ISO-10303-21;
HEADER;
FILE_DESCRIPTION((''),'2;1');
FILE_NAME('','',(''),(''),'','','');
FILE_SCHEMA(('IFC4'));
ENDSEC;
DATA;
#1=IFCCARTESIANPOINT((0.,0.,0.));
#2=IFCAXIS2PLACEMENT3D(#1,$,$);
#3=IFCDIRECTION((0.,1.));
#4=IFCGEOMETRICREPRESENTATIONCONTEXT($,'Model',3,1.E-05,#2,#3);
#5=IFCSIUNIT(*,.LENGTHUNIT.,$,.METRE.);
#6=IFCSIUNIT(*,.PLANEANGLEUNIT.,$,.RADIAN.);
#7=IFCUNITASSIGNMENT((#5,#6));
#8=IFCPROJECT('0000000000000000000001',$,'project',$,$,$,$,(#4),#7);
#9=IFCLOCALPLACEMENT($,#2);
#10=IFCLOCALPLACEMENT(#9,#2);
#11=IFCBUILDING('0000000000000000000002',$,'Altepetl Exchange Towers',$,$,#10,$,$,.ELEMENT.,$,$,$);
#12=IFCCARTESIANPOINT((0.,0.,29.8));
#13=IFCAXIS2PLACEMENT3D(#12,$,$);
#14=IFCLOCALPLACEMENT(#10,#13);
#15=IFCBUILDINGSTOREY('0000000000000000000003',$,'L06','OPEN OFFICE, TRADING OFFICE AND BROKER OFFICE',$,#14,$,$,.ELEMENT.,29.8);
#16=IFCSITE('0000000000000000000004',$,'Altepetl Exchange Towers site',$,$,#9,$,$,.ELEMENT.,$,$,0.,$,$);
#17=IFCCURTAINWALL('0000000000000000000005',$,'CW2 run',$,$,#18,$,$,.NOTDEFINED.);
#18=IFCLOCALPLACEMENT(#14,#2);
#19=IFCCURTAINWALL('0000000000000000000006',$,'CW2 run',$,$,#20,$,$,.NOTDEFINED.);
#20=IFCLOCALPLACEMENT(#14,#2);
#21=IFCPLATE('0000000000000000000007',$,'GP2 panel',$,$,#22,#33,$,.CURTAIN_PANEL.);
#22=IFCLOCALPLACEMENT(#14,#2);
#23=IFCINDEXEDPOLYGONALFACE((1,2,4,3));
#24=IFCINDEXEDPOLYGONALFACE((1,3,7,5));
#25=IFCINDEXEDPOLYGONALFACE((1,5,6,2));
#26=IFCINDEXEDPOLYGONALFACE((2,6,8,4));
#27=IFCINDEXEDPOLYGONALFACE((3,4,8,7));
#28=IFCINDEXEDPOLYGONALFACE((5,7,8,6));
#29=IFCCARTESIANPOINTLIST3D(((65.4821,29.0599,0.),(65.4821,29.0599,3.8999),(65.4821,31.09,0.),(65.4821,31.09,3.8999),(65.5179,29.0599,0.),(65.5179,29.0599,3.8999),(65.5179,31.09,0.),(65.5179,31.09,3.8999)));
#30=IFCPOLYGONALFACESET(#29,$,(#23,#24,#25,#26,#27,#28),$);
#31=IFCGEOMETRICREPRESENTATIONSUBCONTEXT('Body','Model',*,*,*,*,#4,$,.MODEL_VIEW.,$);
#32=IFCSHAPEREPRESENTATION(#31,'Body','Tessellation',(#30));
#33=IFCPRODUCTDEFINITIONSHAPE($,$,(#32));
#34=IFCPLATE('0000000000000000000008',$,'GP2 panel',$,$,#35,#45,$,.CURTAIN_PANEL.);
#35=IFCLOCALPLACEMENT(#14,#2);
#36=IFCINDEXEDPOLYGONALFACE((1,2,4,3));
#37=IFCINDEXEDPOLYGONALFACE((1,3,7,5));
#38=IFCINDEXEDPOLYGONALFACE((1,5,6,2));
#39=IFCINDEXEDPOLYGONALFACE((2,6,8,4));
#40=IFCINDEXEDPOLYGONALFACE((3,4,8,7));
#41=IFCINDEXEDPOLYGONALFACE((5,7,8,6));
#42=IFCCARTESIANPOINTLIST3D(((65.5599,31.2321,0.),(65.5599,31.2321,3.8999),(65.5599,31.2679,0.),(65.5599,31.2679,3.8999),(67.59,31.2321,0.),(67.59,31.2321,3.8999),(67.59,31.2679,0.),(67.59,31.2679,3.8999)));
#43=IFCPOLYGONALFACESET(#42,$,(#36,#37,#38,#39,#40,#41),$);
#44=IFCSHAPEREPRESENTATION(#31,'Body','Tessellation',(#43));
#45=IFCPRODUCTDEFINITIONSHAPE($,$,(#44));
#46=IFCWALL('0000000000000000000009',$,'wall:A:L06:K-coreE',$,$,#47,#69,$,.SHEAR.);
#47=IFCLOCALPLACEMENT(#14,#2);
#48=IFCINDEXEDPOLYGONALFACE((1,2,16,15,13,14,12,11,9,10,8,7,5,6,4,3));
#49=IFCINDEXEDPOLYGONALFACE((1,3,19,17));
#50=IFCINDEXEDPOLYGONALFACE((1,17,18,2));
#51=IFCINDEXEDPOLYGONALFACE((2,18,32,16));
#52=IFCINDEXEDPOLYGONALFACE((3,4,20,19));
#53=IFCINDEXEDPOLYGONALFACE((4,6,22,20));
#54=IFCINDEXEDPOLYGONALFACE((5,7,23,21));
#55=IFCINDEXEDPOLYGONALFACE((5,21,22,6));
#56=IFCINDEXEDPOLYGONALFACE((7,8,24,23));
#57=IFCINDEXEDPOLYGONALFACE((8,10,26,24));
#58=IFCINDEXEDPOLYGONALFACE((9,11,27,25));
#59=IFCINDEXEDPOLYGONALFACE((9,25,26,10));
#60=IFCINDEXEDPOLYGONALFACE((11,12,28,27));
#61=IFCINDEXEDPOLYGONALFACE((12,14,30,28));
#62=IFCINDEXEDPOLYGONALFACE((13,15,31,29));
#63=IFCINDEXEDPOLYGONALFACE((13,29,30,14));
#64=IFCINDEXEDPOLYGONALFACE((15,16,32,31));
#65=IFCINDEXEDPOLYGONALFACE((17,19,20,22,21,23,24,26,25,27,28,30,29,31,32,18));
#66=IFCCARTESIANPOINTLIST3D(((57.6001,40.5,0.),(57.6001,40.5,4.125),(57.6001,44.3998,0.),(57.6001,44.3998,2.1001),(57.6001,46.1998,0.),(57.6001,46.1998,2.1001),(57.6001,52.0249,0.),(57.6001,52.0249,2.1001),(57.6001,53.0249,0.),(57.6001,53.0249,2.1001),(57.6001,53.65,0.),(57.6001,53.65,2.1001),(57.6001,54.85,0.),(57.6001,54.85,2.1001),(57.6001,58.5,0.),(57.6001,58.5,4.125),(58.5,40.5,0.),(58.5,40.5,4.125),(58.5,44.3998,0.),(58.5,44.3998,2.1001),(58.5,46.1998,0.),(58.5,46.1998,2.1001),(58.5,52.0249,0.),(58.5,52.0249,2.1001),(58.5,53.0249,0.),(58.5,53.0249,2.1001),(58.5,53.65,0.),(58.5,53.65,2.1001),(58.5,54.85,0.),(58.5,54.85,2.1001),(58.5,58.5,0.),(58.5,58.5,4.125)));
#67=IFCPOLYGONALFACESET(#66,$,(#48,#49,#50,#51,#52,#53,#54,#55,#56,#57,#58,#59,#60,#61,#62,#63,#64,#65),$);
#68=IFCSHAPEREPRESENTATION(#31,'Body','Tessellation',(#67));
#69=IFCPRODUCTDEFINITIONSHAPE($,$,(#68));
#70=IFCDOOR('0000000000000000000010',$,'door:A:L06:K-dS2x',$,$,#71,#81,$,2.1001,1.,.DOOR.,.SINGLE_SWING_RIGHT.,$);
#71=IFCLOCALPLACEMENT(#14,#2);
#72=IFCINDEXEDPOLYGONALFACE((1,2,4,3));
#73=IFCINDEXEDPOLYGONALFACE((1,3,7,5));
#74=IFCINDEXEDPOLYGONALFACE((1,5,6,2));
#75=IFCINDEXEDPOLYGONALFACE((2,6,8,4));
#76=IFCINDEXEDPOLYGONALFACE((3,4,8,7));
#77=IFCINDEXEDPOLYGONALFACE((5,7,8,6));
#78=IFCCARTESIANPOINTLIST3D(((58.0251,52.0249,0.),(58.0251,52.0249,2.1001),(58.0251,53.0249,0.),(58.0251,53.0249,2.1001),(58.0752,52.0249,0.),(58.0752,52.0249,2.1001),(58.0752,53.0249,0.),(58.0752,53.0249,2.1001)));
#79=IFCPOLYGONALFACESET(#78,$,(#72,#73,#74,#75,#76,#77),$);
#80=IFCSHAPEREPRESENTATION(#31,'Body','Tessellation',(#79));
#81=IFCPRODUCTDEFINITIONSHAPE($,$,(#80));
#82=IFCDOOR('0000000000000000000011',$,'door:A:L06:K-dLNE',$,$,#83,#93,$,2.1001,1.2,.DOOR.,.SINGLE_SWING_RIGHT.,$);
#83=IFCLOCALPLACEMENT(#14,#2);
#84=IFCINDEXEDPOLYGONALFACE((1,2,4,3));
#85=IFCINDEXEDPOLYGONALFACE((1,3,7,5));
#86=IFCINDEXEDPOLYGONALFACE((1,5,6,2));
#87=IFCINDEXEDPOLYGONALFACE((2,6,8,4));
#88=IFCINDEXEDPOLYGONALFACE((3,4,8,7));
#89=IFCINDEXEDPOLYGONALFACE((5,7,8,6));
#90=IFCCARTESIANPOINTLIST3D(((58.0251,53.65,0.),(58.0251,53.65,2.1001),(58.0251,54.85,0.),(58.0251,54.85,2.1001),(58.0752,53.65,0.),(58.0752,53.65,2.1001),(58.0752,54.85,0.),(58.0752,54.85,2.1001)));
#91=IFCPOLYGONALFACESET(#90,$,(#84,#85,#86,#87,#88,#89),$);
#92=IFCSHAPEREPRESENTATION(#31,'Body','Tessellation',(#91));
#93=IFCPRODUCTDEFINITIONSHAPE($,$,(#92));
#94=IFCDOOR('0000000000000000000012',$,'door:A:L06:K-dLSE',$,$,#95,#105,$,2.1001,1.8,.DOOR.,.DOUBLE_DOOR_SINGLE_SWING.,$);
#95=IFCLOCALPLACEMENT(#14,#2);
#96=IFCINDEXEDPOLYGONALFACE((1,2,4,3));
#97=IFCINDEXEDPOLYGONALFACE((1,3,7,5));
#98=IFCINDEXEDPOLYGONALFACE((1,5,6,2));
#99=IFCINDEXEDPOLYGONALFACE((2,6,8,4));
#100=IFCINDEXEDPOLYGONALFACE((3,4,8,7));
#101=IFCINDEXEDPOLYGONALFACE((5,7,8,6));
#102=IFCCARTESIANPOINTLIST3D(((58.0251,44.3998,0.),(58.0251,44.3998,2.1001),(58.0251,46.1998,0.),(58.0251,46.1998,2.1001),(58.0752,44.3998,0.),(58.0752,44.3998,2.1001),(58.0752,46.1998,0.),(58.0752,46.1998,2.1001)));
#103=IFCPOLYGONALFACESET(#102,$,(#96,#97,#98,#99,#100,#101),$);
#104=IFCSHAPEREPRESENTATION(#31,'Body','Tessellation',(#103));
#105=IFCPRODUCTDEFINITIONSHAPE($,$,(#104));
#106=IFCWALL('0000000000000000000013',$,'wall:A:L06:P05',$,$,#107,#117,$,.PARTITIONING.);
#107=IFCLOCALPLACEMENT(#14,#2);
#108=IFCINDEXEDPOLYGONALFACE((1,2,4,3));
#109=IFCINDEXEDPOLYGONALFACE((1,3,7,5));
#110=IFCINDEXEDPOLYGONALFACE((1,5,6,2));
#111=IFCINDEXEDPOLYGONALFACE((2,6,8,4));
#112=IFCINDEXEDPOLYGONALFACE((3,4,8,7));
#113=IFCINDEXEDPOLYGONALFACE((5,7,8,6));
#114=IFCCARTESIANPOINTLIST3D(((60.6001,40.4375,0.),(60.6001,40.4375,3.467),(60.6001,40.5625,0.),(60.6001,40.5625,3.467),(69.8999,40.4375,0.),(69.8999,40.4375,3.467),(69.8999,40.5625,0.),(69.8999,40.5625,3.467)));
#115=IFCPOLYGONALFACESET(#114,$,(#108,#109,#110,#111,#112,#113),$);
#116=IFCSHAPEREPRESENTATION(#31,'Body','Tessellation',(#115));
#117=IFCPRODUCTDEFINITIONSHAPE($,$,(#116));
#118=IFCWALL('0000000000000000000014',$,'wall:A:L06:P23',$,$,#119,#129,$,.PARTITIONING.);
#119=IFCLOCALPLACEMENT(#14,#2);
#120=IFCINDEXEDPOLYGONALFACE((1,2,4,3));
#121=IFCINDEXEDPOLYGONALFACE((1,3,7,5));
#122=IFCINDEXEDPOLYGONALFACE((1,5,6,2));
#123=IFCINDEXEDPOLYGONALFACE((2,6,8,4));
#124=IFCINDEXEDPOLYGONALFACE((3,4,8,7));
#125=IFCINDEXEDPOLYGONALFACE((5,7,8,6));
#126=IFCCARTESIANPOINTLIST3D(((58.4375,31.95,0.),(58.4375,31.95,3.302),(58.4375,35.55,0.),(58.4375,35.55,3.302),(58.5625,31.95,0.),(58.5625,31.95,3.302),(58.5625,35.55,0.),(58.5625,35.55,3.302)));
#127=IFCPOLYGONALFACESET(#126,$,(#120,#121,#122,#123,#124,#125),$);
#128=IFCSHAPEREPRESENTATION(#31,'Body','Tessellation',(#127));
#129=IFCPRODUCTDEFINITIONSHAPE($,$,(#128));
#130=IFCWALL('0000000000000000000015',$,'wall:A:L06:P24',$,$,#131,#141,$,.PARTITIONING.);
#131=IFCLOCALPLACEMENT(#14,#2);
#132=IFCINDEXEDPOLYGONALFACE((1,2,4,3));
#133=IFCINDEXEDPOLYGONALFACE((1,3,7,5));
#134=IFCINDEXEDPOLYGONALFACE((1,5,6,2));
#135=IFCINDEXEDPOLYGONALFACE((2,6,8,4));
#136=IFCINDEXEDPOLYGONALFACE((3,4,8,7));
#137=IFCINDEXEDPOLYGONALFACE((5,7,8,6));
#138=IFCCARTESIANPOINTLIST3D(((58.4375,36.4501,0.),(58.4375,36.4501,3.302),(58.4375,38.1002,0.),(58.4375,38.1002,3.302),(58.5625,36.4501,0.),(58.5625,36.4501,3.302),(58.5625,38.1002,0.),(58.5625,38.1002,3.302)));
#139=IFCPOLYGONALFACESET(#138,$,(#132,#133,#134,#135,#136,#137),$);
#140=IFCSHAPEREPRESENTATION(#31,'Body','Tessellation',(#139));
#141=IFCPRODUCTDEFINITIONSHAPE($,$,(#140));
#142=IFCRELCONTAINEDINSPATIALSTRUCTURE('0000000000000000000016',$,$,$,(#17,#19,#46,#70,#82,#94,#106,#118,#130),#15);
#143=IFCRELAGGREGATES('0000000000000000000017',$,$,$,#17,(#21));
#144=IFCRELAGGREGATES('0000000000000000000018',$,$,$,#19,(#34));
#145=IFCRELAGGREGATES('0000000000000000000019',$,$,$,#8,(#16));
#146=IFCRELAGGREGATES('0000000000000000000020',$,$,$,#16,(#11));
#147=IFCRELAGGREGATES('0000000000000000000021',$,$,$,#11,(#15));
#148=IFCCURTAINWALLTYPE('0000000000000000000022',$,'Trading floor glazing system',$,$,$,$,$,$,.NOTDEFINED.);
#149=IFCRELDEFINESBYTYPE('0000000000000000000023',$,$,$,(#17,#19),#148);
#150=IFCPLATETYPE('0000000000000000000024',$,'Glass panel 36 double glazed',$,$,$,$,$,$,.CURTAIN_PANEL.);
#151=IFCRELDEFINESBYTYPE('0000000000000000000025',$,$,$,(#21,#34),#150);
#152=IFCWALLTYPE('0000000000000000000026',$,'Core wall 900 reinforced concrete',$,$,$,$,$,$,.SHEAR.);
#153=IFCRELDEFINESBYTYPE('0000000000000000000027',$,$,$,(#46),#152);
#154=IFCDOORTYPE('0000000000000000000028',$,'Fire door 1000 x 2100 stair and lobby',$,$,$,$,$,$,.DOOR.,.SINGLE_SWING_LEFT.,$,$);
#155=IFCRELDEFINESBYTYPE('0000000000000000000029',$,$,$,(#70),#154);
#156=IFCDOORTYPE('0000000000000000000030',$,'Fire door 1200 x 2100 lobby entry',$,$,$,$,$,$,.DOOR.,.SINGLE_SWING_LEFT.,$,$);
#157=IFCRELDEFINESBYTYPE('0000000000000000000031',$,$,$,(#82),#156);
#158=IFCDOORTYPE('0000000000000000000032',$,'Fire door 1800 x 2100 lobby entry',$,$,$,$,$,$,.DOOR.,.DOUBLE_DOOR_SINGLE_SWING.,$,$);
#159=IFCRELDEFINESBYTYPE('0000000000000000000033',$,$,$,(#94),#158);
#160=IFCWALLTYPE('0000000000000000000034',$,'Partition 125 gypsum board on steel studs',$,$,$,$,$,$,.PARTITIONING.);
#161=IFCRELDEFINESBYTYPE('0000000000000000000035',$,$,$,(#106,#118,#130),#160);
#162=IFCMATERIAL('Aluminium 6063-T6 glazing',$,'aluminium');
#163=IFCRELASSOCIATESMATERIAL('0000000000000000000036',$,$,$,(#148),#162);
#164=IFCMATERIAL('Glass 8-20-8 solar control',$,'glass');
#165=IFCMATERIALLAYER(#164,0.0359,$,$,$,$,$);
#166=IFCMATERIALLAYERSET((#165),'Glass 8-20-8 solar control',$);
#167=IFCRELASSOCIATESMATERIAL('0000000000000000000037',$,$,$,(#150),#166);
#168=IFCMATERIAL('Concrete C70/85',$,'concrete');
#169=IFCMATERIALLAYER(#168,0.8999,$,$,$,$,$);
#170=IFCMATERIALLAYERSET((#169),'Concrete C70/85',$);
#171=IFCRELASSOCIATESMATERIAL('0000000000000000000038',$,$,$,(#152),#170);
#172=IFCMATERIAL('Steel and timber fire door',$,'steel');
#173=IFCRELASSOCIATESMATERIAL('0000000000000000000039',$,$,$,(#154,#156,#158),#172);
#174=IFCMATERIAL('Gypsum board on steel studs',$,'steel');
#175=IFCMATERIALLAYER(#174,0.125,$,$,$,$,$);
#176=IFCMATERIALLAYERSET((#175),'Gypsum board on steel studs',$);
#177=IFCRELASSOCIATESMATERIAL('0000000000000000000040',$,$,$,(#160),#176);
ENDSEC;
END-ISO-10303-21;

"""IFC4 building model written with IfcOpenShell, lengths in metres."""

from ifc_helpers import new_model, si_unit, direction, frame, frame_2d, origin, origin_2d, place, context, subcontext, project, spatial, rectangle, extrude, material, layer, layer_set, type_object, element, fill, aggregate, save


model = new_model("IFC4")

# Units and contexts
model_context = context("Model", 3, precision=1e-05, world=origin(), true_north=direction((0.0, 1.0)))
body_context = subcontext(model_context, "Body", "Model", "MODEL_VIEW")
ifc_project = project(units=[si_unit("LENGTHUNIT", "METRE"), si_unit("PLANEANGLEUNIT", "RADIAN")], contexts=[model_context])

# Site, building, storey
site_placement = place(None, origin())
site = spatial("IfcSite", under=ifc_project, at=site_placement, Name="Altepetl Exchange Towers site", CompositionType="ELEMENT", RefElevation=0.0)
building_placement = place(site_placement, origin())
building = spatial("IfcBuilding", under=site, at=building_placement, Name="Altepetl Exchange Towers", CompositionType="ELEMENT")
storey_placement = place(building_placement, frame((0.0, 0.0, 29.8)))
storey = spatial("IfcBuildingStorey", under=building, at=storey_placement, Name="L06", Description="OPEN OFFICE, TRADING OFFICE AND BROKER OFFICE", CompositionType="ELEMENT", Elevation=29.8)

# Shared definitions
ifc_material_1 = material(Name="Concrete C70/85", Category="concrete")

# Curtain walls
ifc_material_2 = material(Name="Aluminium 6063-T6 glazing", Category="aluminium")
curtain_wall_type = type_object("IfcCurtainWallType", Name="Trading floor glazing system", PredefinedType="NOTDEFINED", material=ifc_material_2)
curtain_wall_1_placement = place(storey_placement, origin())
curtain_wall_1 = element("IfcCurtainWall", 1, at=curtain_wall_1_placement, inside=storey, type_object=curtain_wall_type, Name="CW2 run", PredefinedType="NOTDEFINED")
curtain_wall_2_placement = place(storey_placement, origin())
curtain_wall_2 = element("IfcCurtainWall", 2, at=curtain_wall_2_placement, inside=storey, type_object=curtain_wall_type, Name="CW2 run", PredefinedType="NOTDEFINED")

# Plates
ifc_material_3 = material(Name="Glass 8-20-8 solar control", Category="glass")
ifc_layer_1 = layer(ifc_material_3, 0.0359)
ifc_layer_set_1 = layer_set([ifc_layer_1], Name="Glass 8-20-8 solar control")
plate_type = type_object("IfcPlateType", Name="Glass panel 36 double glazed", PredefinedType="CURTAIN_PANEL", material=ifc_layer_set_1)
plate_1_placement = place(storey_placement, frame((65.5, 30.075, 0.0), z_axis=(0.0, 0.0, 1.0), x_axis=(0.0, 1.0, 0.0)))
plate_1 = element("IfcPlate", 3, at=plate_1_placement, type_object=plate_type, Name="GP2 panel", PredefinedType="CURTAIN_PANEL", context=body_context, shape_type="SweptSolid", body=[
    extrude(rectangle(XDim=2.03, YDim=0.0359, at=origin_2d()), origin(), (0.0, 0.0, 1.0), 3.8999),
])
aggregate(curtain_wall_1, [plate_1])
plate_2_placement = place(storey_placement, frame((66.575, 31.25, 0.0)))
plate_2 = element("IfcPlate", 4, at=plate_2_placement, type_object=plate_type, Name="GP2 panel", PredefinedType="CURTAIN_PANEL", context=body_context, shape_type="SweptSolid", body=[
    extrude(rectangle(XDim=2.03, YDim=0.0359, at=origin_2d()), origin(), (0.0, 0.0, 1.0), 3.8999),
])
aggregate(curtain_wall_2, [plate_2])

# Wall, openings, doors
ifc_layer_2 = layer(ifc_material_1, 0.8999)
ifc_layer_set_2 = layer_set([ifc_layer_2], Name="Concrete C70/85")
wall_type_1 = type_object("IfcWallType", Name="Core wall 900 reinforced concrete", PredefinedType="SHEAR", material=ifc_layer_set_2)
wall_1_placement = place(storey_placement, frame((58.05, 40.5, 0.0), z_axis=(0.0, 0.0, 1.0), x_axis=(0.0, 1.0, 0.0)))
wall_1 = element("IfcWall", 5, at=wall_1_placement, inside=storey, type_object=wall_type_1, Name="wall:A:L06:K-coreE", PredefinedType="SHEAR", context=body_context, shape_type="SweptSolid", body=[
    extrude(rectangle(XDim=18.0, YDim=0.8999, at=frame_2d((9.0, 0.0))), origin(), (0.0, 0.0, 1.0), 4.125),
])
opening_1_placement = place(wall_1_placement, frame((13.1499, 0.0, 0.0)))
opening_1 = element("IfcOpeningElement", 6, at=opening_1_placement, cuts=wall_1, PredefinedType="OPENING", context=body_context, shape_type="SweptSolid", body=[
    extrude(rectangle(XDim=1.2, YDim=2.1001, at=frame_2d((0.6001, 1.05))), frame((0.0, 0.46, 0.0), z_axis=(0.0, -1.0, 0.0), x_axis=(1.0, 0.0, 0.0)), (0.0, 0.0, 1.0), 0.9199),
])
opening_2_placement = place(wall_1_placement, frame((3.8999, 0.0, 0.0)))
opening_2 = element("IfcOpeningElement", 7, at=opening_2_placement, cuts=wall_1, PredefinedType="OPENING", context=body_context, shape_type="SweptSolid", body=[
    extrude(rectangle(XDim=1.8, YDim=2.1001, at=frame_2d((0.8999, 1.05))), frame((0.0, 0.46, 0.0), z_axis=(0.0, -1.0, 0.0), x_axis=(1.0, 0.0, 0.0)), (0.0, 0.0, 1.0), 0.9199),
])
opening_3_placement = place(wall_1_placement, frame((11.5249, 0.0, 0.0)))
opening_3 = element("IfcOpeningElement", 8, at=opening_3_placement, cuts=wall_1, PredefinedType="OPENING", context=body_context, shape_type="SweptSolid", body=[
    extrude(rectangle(XDim=1.0, YDim=2.1001, at=frame_2d((0.5, 1.05))), frame((0.0, 0.46, 0.0), z_axis=(0.0, -1.0, 0.0), x_axis=(1.0, 0.0, 0.0)), (0.0, 0.0, 1.0), 0.9199),
])
ifc_material_4 = material(Name="Steel and timber fire door", Category="steel")
door_type_1 = type_object("IfcDoorType", Name="Fire door 1000 x 2100 stair and lobby", OperationType="SINGLE_SWING_LEFT", PredefinedType="DOOR", material=ifc_material_4)
door_1_placement = place(opening_3_placement, origin())
door_1 = element("IfcDoor", 9, at=door_1_placement, inside=storey, type_object=door_type_1, Name="door:A:L06:K-dS2x", OperationType="SINGLE_SWING_RIGHT", OverallHeight=2.1001, OverallWidth=1.0, PredefinedType="DOOR", context=body_context, shape_type="SweptSolid", body=[
    extrude(rectangle(XDim=1.0, YDim=2.1001, at=frame_2d((0.5, 1.05))), frame((0.0, 0.0249, 0.0), z_axis=(0.0, -1.0, 0.0), x_axis=(1.0, 0.0, 0.0)), (0.0, 0.0, 1.0), 0.05),
])
fill(opening_3, door_1)
door_type_2 = type_object("IfcDoorType", Name="Fire door 1200 x 2100 lobby entry", OperationType="SINGLE_SWING_LEFT", PredefinedType="DOOR", material=ifc_material_4)
door_2_placement = place(opening_1_placement, origin())
door_2 = element("IfcDoor", 10, at=door_2_placement, inside=storey, type_object=door_type_2, Name="door:A:L06:K-dLNE", OperationType="SINGLE_SWING_RIGHT", OverallHeight=2.1001, OverallWidth=1.2, PredefinedType="DOOR", context=body_context, shape_type="SweptSolid", body=[
    extrude(rectangle(XDim=1.2, YDim=2.1001, at=frame_2d((0.6001, 1.05))), frame((0.0, 0.0249, 0.0), z_axis=(0.0, -1.0, 0.0), x_axis=(1.0, 0.0, 0.0)), (0.0, 0.0, 1.0), 0.05),
])
fill(opening_1, door_2)
door_type_3 = type_object("IfcDoorType", Name="Fire door 1800 x 2100 lobby entry", OperationType="DOUBLE_DOOR_SINGLE_SWING", PredefinedType="DOOR", material=ifc_material_4)
door_3_placement = place(opening_2_placement, origin())
door_3 = element("IfcDoor", 11, at=door_3_placement, inside=storey, type_object=door_type_3, Name="door:A:L06:K-dLSE", OperationType="DOUBLE_DOOR_SINGLE_SWING", OverallHeight=2.1001, OverallWidth=1.8, PredefinedType="DOOR", context=body_context, shape_type="SweptSolid", body=[
    extrude(rectangle(XDim=1.8, YDim=2.1001, at=frame_2d((0.8999, 1.05))), frame((0.0, 0.0249, 0.0), z_axis=(0.0, -1.0, 0.0), x_axis=(1.0, 0.0, 0.0)), (0.0, 0.0, 1.0), 0.05),
])
fill(opening_2, door_3)

# Walls
ifc_material_5 = material(Name="Gypsum board on steel studs", Category="steel")
ifc_layer_3 = layer(ifc_material_5, 0.125)
ifc_layer_set_3 = layer_set([ifc_layer_3], Name="Gypsum board on steel studs")
wall_type_2 = type_object("IfcWallType", Name="Partition 125 gypsum board on steel studs", PredefinedType="PARTITIONING", material=ifc_layer_set_3)
wall_2_placement = place(storey_placement, frame((60.6001, 40.5, 0.0)))
element("IfcWall", 12, at=wall_2_placement, inside=storey, type_object=wall_type_2, Name="wall:A:L06:P05", PredefinedType="PARTITIONING", context=body_context, shape_type="SweptSolid", body=[
    extrude(rectangle(XDim=9.2998, YDim=0.125, at=frame_2d((4.6499, 0.0))), origin(), (0.0, 0.0, 1.0), 3.467),
])
wall_3_placement = place(storey_placement, frame((58.5, 31.95, 0.0), z_axis=(0.0, 0.0, 1.0), x_axis=(0.0, 1.0, 0.0)))
element("IfcWall", 13, at=wall_3_placement, inside=storey, type_object=wall_type_2, Name="wall:A:L06:P23", PredefinedType="PARTITIONING", context=body_context, shape_type="SweptSolid", body=[
    extrude(rectangle(XDim=3.6001, YDim=0.125, at=frame_2d((1.8, 0.0))), origin(), (0.0, 0.0, 1.0), 3.302),
])
wall_4_placement = place(storey_placement, frame((58.5, 36.45, 0.0), z_axis=(0.0, 0.0, 1.0), x_axis=(0.0, 1.0, 0.0)))
element("IfcWall", 14, at=wall_4_placement, inside=storey, type_object=wall_type_2, Name="wall:A:L06:P24", PredefinedType="PARTITIONING", context=body_context, shape_type="SweptSolid", body=[
    extrude(rectangle(XDim=1.6501, YDim=0.125, at=frame_2d((0.8252, 0.0))), origin(), (0.0, 0.0, 1.0), 3.302),
])

save(model, "model.ifc")
